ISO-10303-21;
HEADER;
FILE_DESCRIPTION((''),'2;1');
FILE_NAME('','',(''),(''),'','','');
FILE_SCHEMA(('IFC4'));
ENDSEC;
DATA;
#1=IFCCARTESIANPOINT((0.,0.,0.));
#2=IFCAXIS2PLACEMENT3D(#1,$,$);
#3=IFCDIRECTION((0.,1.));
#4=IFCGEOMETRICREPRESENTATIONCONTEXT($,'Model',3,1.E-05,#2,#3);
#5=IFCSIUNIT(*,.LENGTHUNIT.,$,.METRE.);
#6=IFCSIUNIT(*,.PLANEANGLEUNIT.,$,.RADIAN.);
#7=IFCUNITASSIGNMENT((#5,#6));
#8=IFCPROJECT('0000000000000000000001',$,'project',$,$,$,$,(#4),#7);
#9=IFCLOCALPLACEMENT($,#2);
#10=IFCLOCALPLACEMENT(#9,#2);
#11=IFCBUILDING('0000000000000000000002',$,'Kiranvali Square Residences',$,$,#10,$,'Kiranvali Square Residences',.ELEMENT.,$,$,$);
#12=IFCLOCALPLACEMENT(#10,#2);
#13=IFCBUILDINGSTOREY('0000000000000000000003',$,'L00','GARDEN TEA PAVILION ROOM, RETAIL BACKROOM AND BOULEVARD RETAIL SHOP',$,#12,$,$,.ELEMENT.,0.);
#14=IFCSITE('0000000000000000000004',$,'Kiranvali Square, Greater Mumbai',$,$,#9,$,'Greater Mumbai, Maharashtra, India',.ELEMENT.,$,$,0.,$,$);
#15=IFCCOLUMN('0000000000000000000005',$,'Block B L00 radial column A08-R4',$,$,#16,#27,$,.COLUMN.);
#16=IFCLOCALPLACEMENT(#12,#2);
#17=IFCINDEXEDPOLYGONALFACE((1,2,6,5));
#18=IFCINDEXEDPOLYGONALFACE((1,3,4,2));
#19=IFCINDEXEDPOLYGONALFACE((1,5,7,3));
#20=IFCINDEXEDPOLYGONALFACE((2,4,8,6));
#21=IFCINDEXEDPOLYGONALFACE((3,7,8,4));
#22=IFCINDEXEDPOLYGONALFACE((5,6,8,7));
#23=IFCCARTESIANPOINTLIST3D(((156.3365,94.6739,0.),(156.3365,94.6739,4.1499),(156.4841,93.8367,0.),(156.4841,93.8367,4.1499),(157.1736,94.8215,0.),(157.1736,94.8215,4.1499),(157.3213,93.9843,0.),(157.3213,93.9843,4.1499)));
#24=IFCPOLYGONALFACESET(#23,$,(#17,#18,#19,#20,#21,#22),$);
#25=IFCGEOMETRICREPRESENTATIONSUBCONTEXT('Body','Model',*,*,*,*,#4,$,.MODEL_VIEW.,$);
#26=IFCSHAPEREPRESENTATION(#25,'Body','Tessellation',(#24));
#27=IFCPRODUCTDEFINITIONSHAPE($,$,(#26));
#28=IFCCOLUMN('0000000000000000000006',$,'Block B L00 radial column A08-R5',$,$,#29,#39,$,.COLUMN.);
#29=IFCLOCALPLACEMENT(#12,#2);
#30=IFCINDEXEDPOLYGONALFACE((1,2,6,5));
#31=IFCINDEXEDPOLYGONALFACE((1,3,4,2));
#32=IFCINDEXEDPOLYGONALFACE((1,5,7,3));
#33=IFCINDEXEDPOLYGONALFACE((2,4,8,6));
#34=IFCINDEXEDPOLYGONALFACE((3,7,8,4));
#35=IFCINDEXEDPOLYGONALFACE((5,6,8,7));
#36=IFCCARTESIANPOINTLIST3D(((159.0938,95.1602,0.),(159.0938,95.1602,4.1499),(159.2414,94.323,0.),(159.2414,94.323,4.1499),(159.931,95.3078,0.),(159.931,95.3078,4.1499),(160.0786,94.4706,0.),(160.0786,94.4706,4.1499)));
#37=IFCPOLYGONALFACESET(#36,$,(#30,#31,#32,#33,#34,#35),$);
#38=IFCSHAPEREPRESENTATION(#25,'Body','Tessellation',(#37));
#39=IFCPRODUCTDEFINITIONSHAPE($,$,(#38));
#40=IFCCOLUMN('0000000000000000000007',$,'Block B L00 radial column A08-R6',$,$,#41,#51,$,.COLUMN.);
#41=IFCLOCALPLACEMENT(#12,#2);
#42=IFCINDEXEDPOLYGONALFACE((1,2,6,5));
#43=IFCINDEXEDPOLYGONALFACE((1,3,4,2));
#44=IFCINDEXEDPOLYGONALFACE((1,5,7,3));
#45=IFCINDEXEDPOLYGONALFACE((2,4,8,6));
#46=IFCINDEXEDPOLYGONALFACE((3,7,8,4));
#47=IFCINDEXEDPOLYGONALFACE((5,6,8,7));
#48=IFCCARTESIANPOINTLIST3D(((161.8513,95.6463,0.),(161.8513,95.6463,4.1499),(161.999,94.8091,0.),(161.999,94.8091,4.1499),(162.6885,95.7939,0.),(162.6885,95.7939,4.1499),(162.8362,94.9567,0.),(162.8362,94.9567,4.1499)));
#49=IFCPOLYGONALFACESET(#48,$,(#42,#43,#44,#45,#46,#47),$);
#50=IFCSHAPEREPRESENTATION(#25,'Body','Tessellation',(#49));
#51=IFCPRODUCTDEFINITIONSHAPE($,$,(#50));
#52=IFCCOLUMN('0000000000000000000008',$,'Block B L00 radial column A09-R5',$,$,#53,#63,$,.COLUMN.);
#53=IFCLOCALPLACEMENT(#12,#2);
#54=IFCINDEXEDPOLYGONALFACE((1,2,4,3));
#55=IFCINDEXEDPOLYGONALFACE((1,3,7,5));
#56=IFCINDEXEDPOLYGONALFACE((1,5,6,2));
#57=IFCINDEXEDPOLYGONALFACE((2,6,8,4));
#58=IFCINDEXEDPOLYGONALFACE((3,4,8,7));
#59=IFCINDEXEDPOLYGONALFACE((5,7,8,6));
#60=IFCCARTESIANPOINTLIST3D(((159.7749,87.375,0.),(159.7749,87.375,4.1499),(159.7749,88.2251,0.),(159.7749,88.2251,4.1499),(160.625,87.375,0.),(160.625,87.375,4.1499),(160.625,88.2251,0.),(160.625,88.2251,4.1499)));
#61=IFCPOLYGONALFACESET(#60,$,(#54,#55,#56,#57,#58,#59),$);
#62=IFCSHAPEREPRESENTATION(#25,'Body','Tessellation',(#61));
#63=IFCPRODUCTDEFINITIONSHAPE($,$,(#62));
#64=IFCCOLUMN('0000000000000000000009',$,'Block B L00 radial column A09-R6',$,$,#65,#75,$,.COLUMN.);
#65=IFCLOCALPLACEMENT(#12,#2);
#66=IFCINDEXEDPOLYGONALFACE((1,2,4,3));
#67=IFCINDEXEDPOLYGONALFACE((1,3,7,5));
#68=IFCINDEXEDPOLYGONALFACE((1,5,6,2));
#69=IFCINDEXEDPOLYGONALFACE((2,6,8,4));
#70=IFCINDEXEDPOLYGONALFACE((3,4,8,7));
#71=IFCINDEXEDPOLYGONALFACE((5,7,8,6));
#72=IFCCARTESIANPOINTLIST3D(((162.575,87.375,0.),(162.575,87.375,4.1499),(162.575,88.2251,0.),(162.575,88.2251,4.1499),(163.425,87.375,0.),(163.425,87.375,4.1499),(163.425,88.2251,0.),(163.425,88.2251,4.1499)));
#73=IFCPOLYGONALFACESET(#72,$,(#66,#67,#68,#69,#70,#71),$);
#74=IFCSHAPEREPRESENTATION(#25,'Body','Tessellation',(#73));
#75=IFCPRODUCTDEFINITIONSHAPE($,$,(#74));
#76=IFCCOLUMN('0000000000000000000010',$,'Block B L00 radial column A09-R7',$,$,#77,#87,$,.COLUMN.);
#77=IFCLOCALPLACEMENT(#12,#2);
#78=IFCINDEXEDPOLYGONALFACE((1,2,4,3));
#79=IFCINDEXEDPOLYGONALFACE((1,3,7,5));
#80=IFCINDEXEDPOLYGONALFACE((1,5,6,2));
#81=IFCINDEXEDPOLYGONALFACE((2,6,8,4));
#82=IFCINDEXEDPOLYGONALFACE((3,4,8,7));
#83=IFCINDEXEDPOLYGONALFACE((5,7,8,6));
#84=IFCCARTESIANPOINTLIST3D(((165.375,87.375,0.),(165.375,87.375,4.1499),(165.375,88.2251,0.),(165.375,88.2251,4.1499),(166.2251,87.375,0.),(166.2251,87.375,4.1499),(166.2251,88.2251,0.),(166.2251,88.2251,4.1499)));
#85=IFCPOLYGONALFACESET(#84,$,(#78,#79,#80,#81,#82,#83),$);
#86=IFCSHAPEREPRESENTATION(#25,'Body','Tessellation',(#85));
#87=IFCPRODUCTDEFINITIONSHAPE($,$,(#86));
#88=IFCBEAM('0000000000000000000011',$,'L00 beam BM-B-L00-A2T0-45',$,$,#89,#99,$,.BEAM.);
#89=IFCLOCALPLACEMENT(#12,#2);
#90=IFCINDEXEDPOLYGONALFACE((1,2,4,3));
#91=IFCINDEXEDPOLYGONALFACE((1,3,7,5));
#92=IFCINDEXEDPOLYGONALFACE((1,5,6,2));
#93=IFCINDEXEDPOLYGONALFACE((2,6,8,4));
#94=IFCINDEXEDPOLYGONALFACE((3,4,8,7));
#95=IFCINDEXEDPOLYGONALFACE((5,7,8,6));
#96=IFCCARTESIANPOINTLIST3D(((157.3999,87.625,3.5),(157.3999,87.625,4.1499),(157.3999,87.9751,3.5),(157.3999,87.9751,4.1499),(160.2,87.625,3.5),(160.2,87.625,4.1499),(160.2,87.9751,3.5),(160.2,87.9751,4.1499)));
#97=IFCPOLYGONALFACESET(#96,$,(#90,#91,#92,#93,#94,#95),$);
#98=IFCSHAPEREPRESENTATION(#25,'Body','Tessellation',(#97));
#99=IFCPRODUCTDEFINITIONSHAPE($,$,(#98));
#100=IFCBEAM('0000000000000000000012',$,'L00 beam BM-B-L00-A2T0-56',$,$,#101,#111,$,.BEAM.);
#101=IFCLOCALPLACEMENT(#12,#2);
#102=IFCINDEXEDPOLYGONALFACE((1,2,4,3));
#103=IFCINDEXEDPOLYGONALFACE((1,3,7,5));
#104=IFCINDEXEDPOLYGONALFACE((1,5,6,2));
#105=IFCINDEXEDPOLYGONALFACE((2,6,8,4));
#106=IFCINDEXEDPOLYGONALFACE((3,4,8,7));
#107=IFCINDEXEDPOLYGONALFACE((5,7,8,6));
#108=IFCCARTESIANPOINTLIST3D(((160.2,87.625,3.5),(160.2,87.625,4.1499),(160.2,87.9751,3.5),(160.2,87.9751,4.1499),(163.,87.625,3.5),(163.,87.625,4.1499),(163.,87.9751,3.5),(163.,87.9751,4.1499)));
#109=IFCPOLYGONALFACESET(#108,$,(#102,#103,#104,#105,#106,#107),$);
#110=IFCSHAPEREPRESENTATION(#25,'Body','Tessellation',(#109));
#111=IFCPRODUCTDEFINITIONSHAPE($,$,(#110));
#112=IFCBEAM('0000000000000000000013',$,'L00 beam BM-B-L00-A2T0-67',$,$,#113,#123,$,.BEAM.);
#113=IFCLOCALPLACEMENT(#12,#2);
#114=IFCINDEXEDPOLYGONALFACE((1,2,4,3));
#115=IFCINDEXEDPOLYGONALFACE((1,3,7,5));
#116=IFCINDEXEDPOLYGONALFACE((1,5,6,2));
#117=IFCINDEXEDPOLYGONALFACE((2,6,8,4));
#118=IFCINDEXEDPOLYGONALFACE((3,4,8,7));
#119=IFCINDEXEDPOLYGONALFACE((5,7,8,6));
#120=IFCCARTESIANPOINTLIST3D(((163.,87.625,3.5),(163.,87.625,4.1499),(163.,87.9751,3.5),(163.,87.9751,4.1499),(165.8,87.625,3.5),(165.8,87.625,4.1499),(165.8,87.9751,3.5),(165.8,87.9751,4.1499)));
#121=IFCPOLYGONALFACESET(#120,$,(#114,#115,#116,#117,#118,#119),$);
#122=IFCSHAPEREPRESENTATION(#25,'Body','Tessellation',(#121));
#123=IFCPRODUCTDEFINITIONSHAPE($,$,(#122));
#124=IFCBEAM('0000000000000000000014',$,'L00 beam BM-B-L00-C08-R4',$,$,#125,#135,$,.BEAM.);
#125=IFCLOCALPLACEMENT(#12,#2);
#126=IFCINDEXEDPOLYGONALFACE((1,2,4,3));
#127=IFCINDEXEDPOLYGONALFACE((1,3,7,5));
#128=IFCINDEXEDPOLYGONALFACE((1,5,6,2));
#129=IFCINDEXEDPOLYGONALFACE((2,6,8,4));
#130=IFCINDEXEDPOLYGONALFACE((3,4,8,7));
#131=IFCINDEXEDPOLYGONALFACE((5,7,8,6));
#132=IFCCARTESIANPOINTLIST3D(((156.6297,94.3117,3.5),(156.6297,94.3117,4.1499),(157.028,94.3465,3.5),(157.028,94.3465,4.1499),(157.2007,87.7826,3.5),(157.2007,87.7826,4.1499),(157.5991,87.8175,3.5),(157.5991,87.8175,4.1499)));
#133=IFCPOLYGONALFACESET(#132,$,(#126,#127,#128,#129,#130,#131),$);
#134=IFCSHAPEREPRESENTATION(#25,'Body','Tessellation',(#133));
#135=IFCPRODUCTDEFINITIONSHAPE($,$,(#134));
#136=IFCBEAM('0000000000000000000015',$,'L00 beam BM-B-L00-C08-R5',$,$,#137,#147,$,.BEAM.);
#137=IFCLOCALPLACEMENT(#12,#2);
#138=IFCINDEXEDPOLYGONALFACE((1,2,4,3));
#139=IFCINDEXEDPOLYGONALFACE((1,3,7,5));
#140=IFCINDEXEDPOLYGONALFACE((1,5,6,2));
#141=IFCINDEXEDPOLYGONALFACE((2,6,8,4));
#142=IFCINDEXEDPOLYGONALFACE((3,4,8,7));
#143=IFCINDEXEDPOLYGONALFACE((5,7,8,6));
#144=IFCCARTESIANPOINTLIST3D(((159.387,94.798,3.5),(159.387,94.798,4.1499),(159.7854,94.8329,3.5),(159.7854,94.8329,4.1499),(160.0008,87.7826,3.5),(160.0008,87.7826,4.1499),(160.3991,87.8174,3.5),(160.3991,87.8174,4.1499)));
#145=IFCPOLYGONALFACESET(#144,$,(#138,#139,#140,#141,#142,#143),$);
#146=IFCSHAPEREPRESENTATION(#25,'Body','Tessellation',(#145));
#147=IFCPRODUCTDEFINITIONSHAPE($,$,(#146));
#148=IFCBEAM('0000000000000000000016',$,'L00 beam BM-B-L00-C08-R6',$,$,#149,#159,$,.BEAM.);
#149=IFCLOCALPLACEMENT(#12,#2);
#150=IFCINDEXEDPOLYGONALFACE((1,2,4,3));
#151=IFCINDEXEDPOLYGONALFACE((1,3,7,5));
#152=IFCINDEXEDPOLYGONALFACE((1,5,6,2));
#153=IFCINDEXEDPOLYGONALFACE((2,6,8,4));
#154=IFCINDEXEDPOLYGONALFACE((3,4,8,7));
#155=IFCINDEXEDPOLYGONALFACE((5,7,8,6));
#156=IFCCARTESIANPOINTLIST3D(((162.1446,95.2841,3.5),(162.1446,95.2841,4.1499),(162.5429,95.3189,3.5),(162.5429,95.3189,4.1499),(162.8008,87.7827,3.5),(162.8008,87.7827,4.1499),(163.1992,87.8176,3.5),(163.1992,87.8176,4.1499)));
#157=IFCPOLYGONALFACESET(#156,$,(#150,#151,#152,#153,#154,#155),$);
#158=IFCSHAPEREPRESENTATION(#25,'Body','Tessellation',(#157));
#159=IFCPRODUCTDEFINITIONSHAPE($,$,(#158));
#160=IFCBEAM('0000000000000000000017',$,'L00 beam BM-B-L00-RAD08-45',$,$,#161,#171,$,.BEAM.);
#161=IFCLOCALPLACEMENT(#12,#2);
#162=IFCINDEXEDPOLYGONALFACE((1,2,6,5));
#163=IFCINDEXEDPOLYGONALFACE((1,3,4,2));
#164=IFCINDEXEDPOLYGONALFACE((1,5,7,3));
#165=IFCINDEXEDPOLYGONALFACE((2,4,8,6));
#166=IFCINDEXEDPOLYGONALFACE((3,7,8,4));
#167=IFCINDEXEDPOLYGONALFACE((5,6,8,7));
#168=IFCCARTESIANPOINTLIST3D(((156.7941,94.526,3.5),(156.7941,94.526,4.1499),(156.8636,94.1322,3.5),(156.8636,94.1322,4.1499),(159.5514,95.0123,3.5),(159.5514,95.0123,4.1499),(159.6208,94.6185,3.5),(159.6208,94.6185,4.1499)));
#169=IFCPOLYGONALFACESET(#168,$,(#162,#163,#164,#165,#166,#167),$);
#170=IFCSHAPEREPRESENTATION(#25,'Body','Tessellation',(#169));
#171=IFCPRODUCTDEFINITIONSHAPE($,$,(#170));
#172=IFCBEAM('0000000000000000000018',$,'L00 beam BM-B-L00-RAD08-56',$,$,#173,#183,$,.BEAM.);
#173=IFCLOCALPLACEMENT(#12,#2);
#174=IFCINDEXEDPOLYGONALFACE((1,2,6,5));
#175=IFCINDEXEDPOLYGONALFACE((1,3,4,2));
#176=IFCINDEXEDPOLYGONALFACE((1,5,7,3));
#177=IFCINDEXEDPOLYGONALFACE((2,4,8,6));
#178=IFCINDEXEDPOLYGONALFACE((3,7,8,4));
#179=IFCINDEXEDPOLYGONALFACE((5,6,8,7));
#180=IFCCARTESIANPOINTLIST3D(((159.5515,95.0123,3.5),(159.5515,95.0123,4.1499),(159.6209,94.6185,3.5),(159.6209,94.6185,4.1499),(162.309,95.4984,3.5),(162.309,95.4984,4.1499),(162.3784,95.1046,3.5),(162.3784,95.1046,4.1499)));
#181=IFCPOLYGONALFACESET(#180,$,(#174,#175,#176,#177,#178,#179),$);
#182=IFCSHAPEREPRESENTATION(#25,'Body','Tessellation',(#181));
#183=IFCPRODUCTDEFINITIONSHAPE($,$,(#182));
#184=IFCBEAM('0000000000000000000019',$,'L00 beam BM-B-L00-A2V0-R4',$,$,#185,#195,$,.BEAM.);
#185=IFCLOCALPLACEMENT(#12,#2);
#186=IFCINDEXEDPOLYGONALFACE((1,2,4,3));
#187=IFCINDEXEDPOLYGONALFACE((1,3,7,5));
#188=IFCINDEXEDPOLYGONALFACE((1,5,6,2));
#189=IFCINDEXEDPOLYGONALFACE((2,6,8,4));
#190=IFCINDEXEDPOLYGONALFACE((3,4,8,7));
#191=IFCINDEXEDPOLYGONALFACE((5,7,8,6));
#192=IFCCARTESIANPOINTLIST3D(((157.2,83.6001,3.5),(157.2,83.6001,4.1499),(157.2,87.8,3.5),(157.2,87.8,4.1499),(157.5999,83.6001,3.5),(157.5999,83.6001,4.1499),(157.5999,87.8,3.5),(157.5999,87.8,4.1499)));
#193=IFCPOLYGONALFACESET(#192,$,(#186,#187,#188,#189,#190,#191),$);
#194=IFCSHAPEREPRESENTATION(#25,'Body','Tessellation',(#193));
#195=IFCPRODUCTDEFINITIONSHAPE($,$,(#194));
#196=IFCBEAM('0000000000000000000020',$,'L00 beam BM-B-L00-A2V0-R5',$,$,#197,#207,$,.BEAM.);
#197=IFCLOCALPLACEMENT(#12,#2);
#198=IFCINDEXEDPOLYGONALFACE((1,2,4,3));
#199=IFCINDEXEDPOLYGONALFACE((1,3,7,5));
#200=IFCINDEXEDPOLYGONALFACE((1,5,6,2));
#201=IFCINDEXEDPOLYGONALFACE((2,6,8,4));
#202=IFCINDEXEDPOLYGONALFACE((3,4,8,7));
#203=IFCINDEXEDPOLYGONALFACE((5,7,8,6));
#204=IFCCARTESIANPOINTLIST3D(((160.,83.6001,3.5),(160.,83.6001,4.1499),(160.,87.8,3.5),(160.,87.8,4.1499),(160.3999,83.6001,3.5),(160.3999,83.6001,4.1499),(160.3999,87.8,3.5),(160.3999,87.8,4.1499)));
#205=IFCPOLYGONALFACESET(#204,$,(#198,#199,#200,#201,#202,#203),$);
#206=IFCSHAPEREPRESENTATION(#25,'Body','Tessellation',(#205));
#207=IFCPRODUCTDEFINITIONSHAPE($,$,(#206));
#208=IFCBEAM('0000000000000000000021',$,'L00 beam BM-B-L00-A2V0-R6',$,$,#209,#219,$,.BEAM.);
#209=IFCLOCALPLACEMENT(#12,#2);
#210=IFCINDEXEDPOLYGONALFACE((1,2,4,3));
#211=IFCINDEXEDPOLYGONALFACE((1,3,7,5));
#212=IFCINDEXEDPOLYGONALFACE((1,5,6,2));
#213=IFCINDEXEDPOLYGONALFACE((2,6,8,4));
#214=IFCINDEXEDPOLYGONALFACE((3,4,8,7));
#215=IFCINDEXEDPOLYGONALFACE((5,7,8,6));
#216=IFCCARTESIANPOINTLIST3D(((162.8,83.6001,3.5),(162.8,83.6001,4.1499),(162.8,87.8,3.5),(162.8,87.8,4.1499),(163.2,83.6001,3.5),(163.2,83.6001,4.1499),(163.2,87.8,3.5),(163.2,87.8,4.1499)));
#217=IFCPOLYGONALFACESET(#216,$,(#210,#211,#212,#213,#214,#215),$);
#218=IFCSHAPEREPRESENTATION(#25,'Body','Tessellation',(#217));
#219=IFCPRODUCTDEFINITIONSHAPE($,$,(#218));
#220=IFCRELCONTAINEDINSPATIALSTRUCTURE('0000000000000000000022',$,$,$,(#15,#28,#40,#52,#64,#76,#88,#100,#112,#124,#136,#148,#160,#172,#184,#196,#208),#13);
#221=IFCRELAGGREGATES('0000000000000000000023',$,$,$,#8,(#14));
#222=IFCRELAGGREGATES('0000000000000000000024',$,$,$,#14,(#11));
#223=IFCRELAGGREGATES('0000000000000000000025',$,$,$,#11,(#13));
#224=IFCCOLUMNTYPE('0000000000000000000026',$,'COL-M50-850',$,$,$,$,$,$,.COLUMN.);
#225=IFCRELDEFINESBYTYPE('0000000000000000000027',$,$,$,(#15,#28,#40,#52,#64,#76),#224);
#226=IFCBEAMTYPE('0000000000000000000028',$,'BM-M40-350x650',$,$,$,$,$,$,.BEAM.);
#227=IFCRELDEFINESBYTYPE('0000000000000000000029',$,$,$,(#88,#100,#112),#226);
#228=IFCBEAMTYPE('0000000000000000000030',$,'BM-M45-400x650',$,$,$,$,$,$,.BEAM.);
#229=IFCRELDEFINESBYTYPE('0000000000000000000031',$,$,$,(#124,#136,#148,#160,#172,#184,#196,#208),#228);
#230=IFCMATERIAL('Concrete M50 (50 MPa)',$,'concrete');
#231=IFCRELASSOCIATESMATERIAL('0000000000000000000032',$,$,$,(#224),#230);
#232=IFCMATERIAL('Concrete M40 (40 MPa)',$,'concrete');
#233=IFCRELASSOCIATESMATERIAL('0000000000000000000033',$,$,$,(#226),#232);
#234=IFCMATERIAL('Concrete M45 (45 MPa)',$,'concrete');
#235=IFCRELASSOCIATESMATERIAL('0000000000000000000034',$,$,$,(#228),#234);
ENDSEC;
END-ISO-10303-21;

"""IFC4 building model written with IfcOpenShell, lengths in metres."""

from ifc_helpers import new_model, si_unit, direction, frame, origin, origin_2d, place, context, subcontext, project, spatial, rectangle, extrude, material, material_profile, profile_set, type_object, element, save


model = new_model("IFC4")

# Units and contexts
model_context = context("Model", 3, precision=1e-05, world=origin(), true_north=direction((0.0, 1.0)))
body_context = subcontext(model_context, "Body", "Model", "MODEL_VIEW")
ifc_project = project(units=[si_unit("LENGTHUNIT", "METRE"), si_unit("PLANEANGLEUNIT", "RADIAN")], contexts=[model_context])

# Site, building, storey
site_placement = place(None, origin())
site = spatial("IfcSite", under=ifc_project, at=site_placement, Name="Kiranvali Square, Greater Mumbai", LongName="Greater Mumbai, Maharashtra, India", CompositionType="ELEMENT", RefElevation=0.0)
building_placement = place(site_placement, origin())
building = spatial("IfcBuilding", under=site, at=building_placement, Name="Kiranvali Square Residences", LongName="Kiranvali Square Residences", CompositionType="ELEMENT")
storey_placement = place(building_placement, origin())
storey = spatial("IfcBuildingStorey", under=building, at=storey_placement, Name="L00", Description="GARDEN TEA PAVILION ROOM, RETAIL BACKROOM AND BOULEVARD RETAIL SHOP", CompositionType="ELEMENT", Elevation=0.0)

# Columns
ifc_material_1 = material(Name="Concrete M50 (50 MPa)", Category="concrete")
ifc_material_profile_1 = material_profile(ifc_material_1, rectangle(XDim=0.8501, YDim=0.8501, at=origin_2d()), Name="RC 850x850")
ifc_profile_set_1 = profile_set([ifc_material_profile_1], Name="Concrete M50 (50 MPa)")
column_type = type_object("IfcColumnType", Name="COL-M50-850", PredefinedType="COLUMN", material=ifc_profile_set_1)
for number, where, z_axis, x_axis, name in (
    (1, (156.8289, 94.3291, 0.0), (0.0, 0.0, 1.0), (-0.173648, 0.984808, 0.0), "Block B L00 radial column A08-R4"),
    (2, (159.5862, 94.8154, 0.0), (0.0, 0.0, 1.0), (-0.173648, 0.984808, 0.0), "Block B L00 radial column A08-R5"),
    (3, (162.3438, 95.3015, 0.0), (0.0, 0.0, 1.0), (-0.173648, 0.984808, 0.0), "Block B L00 radial column A08-R6"),
    (4, (160.2, 87.8, 0.0), (0.0, 0.0, 1.0), (0.0, 1.0, 0.0), "Block B L00 radial column A09-R5"),
    (5, (163.0, 87.8, 0.0), (0.0, 0.0, 1.0), (0.0, 1.0, 0.0), "Block B L00 radial column A09-R6"),
    (6, (165.8, 87.8, 0.0), (0.0, 0.0, 1.0), (0.0, 1.0, 0.0), "Block B L00 radial column A09-R7"),
):
    element("IfcColumn", number, at=place(storey_placement, frame(where, z_axis=z_axis, x_axis=x_axis)), inside=storey, type_object=column_type, Name=name, PredefinedType="COLUMN", context=body_context, shape_type="SweptSolid", body=[
        extrude(rectangle(XDim=0.8501, YDim=0.8501, at=origin_2d()), origin(), (0.0, 0.0, 1.0), 4.1499),
    ])

# Beams
ifc_material_2 = material(Name="Concrete M40 (40 MPa)", Category="concrete")
ifc_material_profile_2 = material_profile(ifc_material_2, rectangle(XDim=0.3501, YDim=0.6499, at=origin_2d()), Name="RC 350x650")
ifc_profile_set_2 = profile_set([ifc_material_profile_2], Name="Concrete M40 (40 MPa)")
beam_type_1 = type_object("IfcBeamType", Name="BM-M40-350x650", PredefinedType="BEAM", material=ifc_profile_set_2)
for number, where, z_axis, x_axis, name in (
    (7, (157.3999, 87.8, 3.825), (1.0, 0.0, 0.0), (0.0, 1.0, 0.0), "L00 beam BM-B-L00-A2T0-45"),
    (8, (160.2, 87.8, 3.825), (1.0, 0.0, 0.0), (0.0, 1.0, 0.0), "L00 beam BM-B-L00-A2T0-56"),
    (9, (163.0, 87.8, 3.825), (1.0, 0.0, 0.0), (0.0, 1.0, 0.0), "L00 beam BM-B-L00-A2T0-67"),
):
    element("IfcBeam", number, at=place(storey_placement, frame(where, z_axis=z_axis, x_axis=x_axis)), inside=storey, type_object=beam_type_1, Name=name, PredefinedType="BEAM", context=body_context, shape_type="SweptSolid", body=[
        extrude(rectangle(XDim=0.3501, YDim=0.6499, at=origin_2d()), origin(), (0.0, 0.0, 1.0), 2.8),
    ])
ifc_material_3 = material(Name="Concrete M45 (45 MPa)", Category="concrete")
ifc_material_profile_3 = material_profile(ifc_material_3, rectangle(XDim=0.3999, YDim=0.6499, at=origin_2d()), Name="RC 400x650")
ifc_profile_set_3 = profile_set([ifc_material_profile_3], Name="Concrete M45 (45 MPa)")
beam_type_2 = type_object("IfcBeamType", Name="BM-M45-400x650", PredefinedType="BEAM", material=ifc_profile_set_3)
beam_1_placement = place(storey_placement, frame((156.8289, 94.3291, 3.825), z_axis=(0.08713, -0.996197, 0.0), x_axis=(0.996197, 0.08713, 0.0)))
element("IfcBeam", 10, at=beam_1_placement, inside=storey, type_object=beam_type_2, Name="L00 beam BM-B-L00-C08-R4", PredefinedType="BEAM", context=body_context, shape_type="SweptSolid", body=[
    extrude(rectangle(XDim=0.3999, YDim=0.6499, at=origin_2d()), origin(), (0.0, 0.0, 1.0), 6.554),
])
beam_2_placement = place(storey_placement, frame((159.5862, 94.8154, 3.825), z_axis=(0.087156, -0.996195, 0.0), x_axis=(0.996195, 0.087156, 0.0)))
element("IfcBeam", 11, at=beam_2_placement, inside=storey, type_object=beam_type_2, Name="L00 beam BM-B-L00-C08-R5", PredefinedType="BEAM", context=body_context, shape_type="SweptSolid", body=[
    extrude(rectangle(XDim=0.3999, YDim=0.6499, at=origin_2d()), origin(), (0.0, 0.0, 1.0), 7.0422),
])
beam_3_placement = place(storey_placement, frame((162.3438, 95.3015, 3.825), z_axis=(0.08715, -0.996195, 0.0), x_axis=(0.996195, 0.08715, 0.0)))
element("IfcBeam", 12, at=beam_3_placement, inside=storey, type_object=beam_type_2, Name="L00 beam BM-B-L00-C08-R6", PredefinedType="BEAM", context=body_context, shape_type="SweptSolid", body=[
    extrude(rectangle(XDim=0.3999, YDim=0.6499, at=origin_2d()), origin(), (0.0, 0.0, 1.0), 7.53),
])
beam_4_placement = place(storey_placement, frame((156.8289, 94.3291, 3.825), z_axis=(0.984799, 0.173696, 0.0), x_axis=(-0.173696, 0.984799, 0.0)))
element("IfcBeam", 13, at=beam_4_placement, inside=storey, type_object=beam_type_2, Name="L00 beam BM-B-L00-RAD08-45", PredefinedType="BEAM", context=body_context, shape_type="SweptSolid", body=[
    extrude(rectangle(XDim=0.3999, YDim=0.6499, at=origin_2d()), origin(), (0.0, 0.0, 1.0), 2.7998),
])
beam_5_placement = place(storey_placement, frame((159.5862, 94.8154, 3.825), z_axis=(0.984817, 0.173596, 0.0), x_axis=(-0.173596, 0.984817, 0.0)))
element("IfcBeam", 14, at=beam_5_placement, inside=storey, type_object=beam_type_2, Name="L00 beam BM-B-L00-RAD08-56", PredefinedType="BEAM", context=body_context, shape_type="SweptSolid", body=[
    extrude(rectangle(XDim=0.3999, YDim=0.6499, at=origin_2d()), origin(), (0.0, 0.0, 1.0), 2.8),
])
for number, where, z_axis, x_axis, name in (
    (15, (157.3999, 87.8, 3.825), (0.0, -1.0, 0.0), (1.0, 0.0, 0.0), "L00 beam BM-B-L00-A2V0-R4"),
    (16, (160.2, 87.8, 3.825), (0.0, -1.0, 0.0), (1.0, 0.0, 0.0), "L00 beam BM-B-L00-A2V0-R5"),
    (17, (163.0, 87.8, 3.825), (0.0, -1.0, 0.0), (1.0, 0.0, 0.0), "L00 beam BM-B-L00-A2V0-R6"),
):
    element("IfcBeam", number, at=place(storey_placement, frame(where, z_axis=z_axis, x_axis=x_axis)), inside=storey, type_object=beam_type_2, Name=name, PredefinedType="BEAM", context=body_context, shape_type="SweptSolid", body=[
        extrude(rectangle(XDim=0.3999, YDim=0.6499, at=origin_2d()), origin(), (0.0, 0.0, 1.0), 4.2),
    ])

save(model, "model.ifc")
